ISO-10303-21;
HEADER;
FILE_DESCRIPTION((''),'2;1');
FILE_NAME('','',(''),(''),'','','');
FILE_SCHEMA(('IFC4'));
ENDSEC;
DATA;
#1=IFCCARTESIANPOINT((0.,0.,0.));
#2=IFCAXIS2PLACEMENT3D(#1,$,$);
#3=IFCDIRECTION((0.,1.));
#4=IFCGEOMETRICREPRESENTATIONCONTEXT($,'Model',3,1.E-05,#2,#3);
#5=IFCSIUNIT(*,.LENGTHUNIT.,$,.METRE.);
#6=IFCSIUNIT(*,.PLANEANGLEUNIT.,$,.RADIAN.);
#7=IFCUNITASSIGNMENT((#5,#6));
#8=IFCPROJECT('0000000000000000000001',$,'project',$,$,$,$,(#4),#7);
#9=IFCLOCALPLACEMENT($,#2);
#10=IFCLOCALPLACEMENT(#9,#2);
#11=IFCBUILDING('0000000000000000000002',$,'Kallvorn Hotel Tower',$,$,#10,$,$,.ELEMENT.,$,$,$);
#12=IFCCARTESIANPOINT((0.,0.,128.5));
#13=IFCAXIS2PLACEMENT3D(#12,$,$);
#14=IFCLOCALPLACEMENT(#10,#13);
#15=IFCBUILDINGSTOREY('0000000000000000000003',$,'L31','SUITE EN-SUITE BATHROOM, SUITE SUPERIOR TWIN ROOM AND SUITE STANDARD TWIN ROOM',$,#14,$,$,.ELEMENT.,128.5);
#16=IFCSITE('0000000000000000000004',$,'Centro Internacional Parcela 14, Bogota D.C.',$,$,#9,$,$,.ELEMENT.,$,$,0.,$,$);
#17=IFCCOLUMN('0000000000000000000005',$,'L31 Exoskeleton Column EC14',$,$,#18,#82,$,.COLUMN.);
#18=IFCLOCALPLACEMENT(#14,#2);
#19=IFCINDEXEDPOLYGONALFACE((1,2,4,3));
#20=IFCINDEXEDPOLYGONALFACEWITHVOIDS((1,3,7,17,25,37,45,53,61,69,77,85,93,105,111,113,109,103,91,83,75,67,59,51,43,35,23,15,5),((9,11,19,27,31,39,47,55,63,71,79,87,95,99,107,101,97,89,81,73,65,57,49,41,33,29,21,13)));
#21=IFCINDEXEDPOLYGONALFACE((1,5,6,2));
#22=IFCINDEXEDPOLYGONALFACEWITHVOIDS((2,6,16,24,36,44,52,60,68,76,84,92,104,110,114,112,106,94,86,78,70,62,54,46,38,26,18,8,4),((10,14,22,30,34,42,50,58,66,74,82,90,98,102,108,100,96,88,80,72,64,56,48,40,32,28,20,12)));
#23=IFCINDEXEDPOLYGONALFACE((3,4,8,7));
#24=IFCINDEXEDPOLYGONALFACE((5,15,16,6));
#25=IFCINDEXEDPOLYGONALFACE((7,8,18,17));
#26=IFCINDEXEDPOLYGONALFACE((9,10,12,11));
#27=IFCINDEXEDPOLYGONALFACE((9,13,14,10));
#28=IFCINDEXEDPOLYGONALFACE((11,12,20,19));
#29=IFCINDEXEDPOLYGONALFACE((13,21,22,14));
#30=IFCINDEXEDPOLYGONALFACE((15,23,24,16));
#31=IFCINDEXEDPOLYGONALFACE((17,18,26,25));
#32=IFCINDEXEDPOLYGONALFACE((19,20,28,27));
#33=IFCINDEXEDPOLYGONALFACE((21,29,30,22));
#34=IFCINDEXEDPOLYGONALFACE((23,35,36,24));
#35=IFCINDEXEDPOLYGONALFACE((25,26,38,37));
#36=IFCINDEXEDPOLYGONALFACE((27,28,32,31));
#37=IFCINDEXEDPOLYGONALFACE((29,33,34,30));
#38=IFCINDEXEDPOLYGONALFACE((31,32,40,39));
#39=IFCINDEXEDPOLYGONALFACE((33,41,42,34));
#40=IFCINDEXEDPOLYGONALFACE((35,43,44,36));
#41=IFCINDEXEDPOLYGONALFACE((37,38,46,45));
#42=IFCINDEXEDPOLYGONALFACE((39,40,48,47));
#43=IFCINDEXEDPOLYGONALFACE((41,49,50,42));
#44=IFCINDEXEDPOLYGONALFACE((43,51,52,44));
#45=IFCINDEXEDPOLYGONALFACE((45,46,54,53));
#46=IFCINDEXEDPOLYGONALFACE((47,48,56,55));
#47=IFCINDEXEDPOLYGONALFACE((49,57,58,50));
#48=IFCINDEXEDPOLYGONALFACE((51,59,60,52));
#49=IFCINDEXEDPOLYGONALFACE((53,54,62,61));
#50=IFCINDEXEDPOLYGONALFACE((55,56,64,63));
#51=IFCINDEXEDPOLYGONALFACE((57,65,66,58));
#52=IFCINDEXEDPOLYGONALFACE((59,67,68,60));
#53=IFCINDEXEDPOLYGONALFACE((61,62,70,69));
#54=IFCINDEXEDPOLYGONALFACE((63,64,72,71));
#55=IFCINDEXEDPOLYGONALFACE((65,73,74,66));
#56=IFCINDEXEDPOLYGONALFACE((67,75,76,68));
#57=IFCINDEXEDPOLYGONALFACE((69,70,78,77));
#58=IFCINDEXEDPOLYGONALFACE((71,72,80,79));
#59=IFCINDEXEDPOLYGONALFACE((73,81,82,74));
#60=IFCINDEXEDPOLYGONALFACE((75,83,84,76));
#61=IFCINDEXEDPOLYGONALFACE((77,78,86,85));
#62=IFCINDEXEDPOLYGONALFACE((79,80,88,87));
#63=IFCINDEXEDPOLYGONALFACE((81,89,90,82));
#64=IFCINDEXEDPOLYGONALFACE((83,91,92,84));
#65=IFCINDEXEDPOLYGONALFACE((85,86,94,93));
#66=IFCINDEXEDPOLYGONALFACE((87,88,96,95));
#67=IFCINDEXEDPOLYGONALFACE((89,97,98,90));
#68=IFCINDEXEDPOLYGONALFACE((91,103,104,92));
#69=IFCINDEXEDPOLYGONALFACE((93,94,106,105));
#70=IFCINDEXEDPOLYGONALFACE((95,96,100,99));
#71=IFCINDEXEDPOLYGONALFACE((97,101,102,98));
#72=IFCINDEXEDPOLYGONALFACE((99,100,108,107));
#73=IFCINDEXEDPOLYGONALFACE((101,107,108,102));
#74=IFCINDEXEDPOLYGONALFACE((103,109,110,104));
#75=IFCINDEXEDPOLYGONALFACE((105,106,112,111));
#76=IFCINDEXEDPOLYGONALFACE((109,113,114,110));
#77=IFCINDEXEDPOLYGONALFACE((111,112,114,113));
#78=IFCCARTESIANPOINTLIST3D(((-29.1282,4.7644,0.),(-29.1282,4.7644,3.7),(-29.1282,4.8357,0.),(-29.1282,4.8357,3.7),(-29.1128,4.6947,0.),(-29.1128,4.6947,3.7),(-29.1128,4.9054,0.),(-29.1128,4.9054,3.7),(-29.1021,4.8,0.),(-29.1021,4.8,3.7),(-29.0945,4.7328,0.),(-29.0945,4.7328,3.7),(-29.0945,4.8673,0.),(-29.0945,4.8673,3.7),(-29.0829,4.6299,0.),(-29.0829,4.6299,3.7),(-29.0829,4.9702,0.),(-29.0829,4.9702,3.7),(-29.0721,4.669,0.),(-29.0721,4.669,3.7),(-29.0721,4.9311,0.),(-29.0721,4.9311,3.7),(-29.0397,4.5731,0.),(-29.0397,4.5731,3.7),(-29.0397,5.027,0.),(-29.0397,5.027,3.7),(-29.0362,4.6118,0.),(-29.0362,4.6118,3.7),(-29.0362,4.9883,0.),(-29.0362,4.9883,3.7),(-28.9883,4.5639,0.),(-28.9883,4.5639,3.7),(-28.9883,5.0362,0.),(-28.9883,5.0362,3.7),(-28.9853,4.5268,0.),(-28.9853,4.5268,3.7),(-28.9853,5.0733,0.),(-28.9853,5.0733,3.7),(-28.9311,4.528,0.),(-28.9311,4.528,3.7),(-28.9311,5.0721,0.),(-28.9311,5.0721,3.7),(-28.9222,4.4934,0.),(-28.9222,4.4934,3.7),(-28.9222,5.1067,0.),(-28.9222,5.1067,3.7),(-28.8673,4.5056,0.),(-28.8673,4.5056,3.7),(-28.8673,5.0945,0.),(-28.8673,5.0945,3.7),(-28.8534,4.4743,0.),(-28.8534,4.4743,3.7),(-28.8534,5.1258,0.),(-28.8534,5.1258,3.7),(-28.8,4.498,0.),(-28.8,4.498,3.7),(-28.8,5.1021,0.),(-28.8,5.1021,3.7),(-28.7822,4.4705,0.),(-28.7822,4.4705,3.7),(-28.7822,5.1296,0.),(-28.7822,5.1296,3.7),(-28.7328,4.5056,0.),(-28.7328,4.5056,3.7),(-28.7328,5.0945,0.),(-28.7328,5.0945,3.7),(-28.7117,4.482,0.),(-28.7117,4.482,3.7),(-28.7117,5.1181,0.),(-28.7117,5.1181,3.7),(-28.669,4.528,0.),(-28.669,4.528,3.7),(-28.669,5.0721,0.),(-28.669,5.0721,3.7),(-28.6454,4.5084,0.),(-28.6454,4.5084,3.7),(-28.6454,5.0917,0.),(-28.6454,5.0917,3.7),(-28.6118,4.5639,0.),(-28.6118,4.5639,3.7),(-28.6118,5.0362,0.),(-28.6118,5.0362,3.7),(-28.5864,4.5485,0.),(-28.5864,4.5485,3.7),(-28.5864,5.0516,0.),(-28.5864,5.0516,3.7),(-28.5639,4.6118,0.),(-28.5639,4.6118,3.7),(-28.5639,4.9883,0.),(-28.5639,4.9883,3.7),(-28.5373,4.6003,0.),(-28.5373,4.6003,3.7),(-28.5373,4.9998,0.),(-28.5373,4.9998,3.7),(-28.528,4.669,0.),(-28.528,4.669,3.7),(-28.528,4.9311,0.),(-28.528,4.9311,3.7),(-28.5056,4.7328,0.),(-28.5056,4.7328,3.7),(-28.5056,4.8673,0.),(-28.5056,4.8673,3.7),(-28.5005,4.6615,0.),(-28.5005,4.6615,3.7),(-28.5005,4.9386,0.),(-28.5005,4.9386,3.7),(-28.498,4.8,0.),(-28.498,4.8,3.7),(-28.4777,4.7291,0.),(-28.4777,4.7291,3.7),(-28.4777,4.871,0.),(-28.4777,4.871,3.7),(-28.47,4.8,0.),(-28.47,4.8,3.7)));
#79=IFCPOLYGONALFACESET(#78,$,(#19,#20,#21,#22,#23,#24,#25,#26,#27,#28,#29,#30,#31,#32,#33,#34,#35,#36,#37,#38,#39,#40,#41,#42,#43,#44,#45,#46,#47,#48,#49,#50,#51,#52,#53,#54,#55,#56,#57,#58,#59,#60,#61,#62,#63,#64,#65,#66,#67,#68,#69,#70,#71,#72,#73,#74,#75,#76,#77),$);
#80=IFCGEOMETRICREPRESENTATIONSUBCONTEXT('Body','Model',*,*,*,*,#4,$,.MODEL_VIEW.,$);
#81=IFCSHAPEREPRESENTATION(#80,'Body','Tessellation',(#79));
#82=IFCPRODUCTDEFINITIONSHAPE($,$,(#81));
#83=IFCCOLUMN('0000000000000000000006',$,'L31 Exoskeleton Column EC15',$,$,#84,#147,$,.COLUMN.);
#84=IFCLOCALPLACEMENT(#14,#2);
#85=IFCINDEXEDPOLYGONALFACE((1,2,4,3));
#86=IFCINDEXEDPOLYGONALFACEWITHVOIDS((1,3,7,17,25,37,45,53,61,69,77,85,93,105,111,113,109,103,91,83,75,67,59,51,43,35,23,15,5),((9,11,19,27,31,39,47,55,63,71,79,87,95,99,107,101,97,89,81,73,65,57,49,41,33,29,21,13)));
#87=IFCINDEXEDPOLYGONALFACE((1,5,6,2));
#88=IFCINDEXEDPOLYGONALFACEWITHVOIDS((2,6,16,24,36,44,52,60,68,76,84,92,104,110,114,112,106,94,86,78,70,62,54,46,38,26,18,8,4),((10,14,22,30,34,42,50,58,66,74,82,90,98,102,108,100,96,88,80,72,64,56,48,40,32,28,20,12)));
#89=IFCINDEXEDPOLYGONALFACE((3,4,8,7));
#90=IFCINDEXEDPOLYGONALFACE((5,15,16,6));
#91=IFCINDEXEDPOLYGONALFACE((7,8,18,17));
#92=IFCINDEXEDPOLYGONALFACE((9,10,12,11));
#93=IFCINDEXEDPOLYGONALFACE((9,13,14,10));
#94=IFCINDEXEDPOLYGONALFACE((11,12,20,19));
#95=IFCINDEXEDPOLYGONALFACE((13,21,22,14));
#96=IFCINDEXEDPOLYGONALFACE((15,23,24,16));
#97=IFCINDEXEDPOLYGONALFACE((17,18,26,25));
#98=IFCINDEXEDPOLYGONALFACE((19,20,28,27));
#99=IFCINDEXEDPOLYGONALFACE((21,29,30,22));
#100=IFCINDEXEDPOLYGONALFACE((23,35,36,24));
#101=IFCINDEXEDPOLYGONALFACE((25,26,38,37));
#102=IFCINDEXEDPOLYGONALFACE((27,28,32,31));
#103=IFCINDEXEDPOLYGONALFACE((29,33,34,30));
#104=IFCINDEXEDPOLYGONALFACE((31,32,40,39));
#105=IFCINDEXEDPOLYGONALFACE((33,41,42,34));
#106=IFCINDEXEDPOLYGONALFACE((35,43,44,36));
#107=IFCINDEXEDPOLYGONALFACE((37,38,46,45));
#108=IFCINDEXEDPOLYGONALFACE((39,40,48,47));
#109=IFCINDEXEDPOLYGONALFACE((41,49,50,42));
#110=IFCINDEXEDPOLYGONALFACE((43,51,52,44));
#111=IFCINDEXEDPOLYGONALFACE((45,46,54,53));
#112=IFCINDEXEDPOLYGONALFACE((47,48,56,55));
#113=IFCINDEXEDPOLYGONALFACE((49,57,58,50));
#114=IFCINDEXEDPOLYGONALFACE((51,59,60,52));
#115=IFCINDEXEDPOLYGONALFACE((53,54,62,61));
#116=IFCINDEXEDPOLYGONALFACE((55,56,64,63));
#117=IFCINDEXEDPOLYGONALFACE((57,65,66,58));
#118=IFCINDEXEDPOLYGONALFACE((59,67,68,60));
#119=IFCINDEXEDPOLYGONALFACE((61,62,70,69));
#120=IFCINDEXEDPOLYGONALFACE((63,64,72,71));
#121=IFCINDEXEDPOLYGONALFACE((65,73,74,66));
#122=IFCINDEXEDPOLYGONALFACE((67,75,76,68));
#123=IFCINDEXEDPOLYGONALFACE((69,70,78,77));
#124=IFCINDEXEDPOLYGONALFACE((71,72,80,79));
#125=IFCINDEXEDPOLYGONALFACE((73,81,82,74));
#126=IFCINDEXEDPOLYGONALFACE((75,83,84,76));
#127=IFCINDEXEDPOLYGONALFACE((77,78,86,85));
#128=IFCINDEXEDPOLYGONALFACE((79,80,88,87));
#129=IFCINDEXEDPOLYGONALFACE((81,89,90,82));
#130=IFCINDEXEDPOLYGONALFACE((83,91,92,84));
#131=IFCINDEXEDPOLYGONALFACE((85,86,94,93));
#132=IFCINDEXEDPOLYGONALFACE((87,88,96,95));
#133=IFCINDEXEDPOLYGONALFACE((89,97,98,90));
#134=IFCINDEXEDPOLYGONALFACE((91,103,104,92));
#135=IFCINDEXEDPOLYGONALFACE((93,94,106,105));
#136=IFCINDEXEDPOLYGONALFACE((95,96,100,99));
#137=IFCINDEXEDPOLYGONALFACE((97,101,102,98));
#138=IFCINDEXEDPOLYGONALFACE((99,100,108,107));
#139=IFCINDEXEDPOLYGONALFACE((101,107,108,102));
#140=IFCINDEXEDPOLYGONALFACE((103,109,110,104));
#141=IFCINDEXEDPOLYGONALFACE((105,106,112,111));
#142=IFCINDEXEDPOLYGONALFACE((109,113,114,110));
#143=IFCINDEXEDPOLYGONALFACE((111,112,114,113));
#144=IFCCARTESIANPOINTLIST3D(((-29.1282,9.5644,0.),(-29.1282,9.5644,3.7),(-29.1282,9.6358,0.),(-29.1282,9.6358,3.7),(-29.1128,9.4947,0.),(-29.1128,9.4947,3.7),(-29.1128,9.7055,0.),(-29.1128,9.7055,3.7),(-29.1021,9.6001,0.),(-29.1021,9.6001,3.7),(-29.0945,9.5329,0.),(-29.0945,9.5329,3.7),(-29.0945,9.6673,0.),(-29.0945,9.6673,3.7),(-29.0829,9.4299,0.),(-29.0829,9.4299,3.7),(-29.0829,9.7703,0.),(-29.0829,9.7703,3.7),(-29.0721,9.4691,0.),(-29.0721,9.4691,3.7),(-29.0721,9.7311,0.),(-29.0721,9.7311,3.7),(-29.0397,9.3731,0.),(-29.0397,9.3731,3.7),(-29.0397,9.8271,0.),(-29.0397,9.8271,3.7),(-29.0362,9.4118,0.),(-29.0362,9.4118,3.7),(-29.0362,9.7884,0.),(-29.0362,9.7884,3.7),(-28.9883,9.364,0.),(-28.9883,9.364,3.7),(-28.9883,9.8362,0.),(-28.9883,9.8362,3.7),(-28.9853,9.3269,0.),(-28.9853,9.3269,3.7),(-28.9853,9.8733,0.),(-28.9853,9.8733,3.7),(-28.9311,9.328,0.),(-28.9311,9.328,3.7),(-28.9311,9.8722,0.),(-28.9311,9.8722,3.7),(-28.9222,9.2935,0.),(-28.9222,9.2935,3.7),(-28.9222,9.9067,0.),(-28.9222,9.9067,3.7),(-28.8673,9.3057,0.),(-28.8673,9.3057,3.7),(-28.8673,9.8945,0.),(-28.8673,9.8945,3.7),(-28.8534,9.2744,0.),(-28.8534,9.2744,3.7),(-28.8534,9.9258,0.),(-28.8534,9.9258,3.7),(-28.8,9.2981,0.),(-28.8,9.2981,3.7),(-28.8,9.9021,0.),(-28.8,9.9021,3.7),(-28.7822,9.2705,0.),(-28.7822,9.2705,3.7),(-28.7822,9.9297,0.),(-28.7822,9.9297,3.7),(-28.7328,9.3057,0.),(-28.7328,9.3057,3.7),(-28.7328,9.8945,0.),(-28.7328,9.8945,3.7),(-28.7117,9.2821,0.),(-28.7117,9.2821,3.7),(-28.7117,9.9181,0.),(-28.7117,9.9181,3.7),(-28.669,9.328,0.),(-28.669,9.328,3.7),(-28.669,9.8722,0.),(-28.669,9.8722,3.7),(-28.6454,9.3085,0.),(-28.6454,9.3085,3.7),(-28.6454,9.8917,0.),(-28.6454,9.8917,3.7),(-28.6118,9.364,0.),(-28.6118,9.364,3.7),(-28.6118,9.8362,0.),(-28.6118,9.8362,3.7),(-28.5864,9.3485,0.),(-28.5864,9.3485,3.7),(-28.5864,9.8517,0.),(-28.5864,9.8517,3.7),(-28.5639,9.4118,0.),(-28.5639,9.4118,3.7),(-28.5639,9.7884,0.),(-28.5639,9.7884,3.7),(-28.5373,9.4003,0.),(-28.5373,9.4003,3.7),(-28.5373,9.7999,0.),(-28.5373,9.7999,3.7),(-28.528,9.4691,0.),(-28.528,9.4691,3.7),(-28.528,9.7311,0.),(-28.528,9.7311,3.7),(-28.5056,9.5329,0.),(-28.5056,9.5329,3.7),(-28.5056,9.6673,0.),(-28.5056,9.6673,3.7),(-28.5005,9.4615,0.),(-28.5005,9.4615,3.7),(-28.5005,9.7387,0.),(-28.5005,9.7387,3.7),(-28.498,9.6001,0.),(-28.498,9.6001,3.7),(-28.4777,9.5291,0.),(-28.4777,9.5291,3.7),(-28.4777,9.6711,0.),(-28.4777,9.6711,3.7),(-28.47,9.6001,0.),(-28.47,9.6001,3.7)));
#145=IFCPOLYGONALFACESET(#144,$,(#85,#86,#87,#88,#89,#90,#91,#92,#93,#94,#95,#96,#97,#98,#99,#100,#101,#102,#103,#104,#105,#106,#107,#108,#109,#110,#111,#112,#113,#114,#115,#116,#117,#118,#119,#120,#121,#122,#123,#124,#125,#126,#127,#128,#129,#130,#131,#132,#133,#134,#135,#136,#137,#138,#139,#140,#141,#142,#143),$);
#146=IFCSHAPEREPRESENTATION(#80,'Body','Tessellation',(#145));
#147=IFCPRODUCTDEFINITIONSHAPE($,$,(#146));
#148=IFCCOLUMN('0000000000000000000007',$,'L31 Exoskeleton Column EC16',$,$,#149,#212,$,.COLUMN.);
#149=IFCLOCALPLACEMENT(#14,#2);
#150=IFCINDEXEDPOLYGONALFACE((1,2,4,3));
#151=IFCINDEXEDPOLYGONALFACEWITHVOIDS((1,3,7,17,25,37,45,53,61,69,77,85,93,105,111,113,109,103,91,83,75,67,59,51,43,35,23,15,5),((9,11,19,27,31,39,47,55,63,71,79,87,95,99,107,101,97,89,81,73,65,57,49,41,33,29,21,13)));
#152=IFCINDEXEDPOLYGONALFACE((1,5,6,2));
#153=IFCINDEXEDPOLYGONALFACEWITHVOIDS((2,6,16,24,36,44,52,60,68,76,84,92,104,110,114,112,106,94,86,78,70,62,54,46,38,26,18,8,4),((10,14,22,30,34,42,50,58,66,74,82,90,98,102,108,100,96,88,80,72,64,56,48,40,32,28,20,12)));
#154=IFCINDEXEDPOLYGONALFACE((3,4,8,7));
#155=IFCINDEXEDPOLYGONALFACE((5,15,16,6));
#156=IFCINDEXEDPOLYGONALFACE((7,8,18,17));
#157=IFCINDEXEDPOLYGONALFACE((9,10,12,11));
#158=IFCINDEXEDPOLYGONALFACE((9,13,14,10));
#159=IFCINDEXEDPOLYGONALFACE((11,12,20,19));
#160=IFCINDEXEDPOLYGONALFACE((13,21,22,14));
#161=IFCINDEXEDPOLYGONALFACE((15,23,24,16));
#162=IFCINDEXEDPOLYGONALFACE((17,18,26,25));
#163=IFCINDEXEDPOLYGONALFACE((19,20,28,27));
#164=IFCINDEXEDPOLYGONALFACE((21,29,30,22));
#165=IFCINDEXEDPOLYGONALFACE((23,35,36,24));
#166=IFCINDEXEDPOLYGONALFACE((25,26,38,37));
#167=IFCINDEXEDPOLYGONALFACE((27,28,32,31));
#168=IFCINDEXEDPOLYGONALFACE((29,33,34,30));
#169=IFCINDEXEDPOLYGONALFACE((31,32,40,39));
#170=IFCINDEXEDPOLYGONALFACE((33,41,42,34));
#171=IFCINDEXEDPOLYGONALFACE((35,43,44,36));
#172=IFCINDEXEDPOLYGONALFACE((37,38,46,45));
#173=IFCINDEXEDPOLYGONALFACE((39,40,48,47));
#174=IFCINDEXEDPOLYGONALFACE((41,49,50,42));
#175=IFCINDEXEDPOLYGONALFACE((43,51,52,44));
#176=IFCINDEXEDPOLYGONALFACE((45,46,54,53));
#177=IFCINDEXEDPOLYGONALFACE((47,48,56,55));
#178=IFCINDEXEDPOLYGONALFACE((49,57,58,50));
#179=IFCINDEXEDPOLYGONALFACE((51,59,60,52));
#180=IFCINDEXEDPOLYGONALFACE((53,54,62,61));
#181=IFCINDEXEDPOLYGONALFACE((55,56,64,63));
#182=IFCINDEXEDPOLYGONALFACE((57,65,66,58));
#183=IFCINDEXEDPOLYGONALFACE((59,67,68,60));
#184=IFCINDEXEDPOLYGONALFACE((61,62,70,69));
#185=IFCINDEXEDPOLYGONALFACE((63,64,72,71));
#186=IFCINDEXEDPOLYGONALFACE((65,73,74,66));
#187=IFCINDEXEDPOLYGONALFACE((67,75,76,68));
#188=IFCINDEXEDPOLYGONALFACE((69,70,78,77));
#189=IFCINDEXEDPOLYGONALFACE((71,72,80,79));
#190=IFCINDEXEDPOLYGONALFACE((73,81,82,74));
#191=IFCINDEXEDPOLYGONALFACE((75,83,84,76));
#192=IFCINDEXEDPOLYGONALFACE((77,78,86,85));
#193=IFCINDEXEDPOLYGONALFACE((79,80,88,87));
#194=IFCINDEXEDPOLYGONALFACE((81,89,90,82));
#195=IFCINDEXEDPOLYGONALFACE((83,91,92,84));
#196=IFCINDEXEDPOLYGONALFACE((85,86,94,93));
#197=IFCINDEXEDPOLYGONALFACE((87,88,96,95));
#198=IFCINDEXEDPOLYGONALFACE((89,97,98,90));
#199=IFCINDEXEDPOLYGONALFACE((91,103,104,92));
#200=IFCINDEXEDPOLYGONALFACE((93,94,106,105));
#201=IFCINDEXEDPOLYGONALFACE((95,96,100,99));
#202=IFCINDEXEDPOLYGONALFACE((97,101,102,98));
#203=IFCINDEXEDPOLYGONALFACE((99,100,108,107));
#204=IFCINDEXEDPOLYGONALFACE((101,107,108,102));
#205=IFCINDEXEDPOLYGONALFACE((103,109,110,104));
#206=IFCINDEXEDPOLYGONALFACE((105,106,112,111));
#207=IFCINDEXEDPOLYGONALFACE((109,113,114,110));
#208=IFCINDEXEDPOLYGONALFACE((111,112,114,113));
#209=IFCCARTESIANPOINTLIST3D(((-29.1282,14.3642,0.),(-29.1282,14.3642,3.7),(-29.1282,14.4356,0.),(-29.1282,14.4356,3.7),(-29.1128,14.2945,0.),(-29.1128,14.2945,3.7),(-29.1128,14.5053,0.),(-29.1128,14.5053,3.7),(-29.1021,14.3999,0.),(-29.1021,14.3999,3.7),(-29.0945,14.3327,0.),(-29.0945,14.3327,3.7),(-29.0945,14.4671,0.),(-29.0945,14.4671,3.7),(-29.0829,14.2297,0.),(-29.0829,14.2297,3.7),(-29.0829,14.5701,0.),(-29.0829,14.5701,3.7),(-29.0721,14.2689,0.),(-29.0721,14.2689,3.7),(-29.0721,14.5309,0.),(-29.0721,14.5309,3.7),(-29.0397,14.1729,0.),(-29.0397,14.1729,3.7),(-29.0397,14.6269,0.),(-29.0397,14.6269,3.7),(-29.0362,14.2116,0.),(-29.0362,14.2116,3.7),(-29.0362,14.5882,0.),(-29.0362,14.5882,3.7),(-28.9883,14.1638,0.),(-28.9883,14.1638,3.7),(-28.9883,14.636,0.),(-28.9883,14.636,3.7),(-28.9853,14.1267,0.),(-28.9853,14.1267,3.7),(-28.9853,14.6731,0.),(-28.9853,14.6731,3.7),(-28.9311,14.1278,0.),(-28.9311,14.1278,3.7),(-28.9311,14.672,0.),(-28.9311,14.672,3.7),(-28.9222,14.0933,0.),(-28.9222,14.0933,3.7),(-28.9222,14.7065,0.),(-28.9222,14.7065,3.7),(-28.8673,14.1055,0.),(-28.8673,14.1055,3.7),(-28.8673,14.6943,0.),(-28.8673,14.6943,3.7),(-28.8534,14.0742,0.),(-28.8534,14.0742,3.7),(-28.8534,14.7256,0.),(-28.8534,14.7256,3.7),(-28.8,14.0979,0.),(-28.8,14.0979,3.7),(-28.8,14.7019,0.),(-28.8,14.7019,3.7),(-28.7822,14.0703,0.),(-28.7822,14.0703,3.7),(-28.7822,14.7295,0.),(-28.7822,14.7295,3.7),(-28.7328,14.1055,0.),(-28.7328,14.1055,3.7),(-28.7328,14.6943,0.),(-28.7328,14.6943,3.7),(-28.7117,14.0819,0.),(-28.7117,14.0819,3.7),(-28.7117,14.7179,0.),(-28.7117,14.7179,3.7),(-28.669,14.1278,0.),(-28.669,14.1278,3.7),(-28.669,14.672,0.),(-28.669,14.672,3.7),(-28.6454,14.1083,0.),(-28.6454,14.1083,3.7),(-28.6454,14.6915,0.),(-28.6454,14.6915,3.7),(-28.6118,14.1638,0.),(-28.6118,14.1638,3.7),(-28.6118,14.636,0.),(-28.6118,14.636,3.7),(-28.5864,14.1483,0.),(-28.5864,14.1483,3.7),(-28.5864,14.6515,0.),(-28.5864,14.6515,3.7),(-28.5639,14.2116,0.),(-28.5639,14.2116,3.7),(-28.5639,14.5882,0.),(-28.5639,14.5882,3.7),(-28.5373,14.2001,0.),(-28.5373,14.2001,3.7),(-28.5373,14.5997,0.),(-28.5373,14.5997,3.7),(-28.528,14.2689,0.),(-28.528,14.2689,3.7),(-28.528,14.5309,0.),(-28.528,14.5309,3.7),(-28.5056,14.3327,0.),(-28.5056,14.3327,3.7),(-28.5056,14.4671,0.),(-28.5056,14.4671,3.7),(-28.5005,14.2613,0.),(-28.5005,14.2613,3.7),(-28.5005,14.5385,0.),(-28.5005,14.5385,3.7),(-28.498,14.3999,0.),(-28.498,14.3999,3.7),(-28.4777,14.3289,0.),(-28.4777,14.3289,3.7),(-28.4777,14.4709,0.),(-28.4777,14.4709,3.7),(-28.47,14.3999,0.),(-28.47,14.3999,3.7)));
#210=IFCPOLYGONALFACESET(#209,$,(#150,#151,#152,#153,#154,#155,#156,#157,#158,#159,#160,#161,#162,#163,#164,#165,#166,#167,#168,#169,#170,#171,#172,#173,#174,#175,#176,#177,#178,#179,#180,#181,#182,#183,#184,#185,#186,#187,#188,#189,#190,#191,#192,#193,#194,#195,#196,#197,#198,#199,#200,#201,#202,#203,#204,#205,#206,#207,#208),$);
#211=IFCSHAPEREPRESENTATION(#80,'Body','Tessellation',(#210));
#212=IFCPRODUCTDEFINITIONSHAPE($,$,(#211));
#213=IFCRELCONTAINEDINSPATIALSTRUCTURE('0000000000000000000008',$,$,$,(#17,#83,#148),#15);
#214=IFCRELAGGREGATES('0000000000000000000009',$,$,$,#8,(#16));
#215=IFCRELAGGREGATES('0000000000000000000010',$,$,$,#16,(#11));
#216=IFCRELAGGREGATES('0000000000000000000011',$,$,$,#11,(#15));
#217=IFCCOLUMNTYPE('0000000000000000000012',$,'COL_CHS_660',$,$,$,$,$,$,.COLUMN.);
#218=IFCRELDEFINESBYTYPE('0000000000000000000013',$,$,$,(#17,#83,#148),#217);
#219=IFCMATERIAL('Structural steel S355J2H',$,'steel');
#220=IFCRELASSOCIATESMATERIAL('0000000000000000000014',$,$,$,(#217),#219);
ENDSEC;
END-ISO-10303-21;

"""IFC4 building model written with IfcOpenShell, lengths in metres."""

from ifc_helpers import new_model, si_unit, direction, frame, origin, origin_2d, place, context, subcontext, project, spatial, hollow_circle, extrude, material, material_profile, profile_set, type_object, element, save


model = new_model("IFC4")

# Units and contexts
model_context = context("Model", 3, precision=1e-05, world=origin(), true_north=direction((0.0, 1.0)))
body_context = subcontext(model_context, "Body", "Model", "MODEL_VIEW")
ifc_project = project(units=[si_unit("LENGTHUNIT", "METRE"), si_unit("PLANEANGLEUNIT", "RADIAN")], contexts=[model_context])

# Site, building, storey
site_placement = place(None, origin())
site = spatial("IfcSite", under=ifc_project, at=site_placement, Name="Centro Internacional Parcela 14, Bogota D.C.", CompositionType="ELEMENT", RefElevation=0.0)
building_placement = place(site_placement, origin())
building = spatial("IfcBuilding", under=site, at=building_placement, Name="Kallvorn Hotel Tower", CompositionType="ELEMENT")
storey_placement = place(building_placement, frame((0.0, 0.0, 128.5)))
storey = spatial("IfcBuildingStorey", under=building, at=storey_placement, Name="L31", Description="SUITE EN-SUITE BATHROOM, SUITE SUPERIOR TWIN ROOM AND SUITE STANDARD TWIN ROOM", CompositionType="ELEMENT", Elevation=128.5)

# Columns
ifc_material_1 = material(Name="Structural steel S355J2H", Category="steel")
ifc_material_profile_1 = material_profile(ifc_material_1, hollow_circle(Radius=0.3301, WallThickness=0.0281, at=origin_2d()), Name="CHS 660x28")
ifc_profile_set_1 = profile_set([ifc_material_profile_1], Name="Structural steel S355J2H")
column_type_1 = type_object("IfcColumnType", Name="COL_CHS_660", PredefinedType="COLUMN", material=ifc_profile_set_1)
for number, where, z_axis, x_axis, name in (
    (1, (-28.8, 4.8, 0.0), (0.0, 0.0, 1.0), (1.0, 0.0, 0.0), "L31 Exoskeleton Column EC14"),
    (2, (-28.8, 9.6001, 0.0), (0.0, 0.0, 1.0), (1.0, 0.0, 0.0), "L31 Exoskeleton Column EC15"),
    (3, (-28.8, 14.3999, 0.0), (0.0, 0.0, 1.0), (1.0, 0.0, 0.0), "L31 Exoskeleton Column EC16"),
):
    element("IfcColumn", number, at=place(storey_placement, frame(where, z_axis=z_axis, x_axis=x_axis)), inside=storey, type_object=column_type_1, Name=name, PredefinedType="COLUMN", context=body_context, shape_type="SweptSolid", body=[
        extrude(hollow_circle(Radius=0.3301, WallThickness=0.0281, at=origin_2d()), origin(), (0.0, 0.0, 1.0), 3.7),
    ])

save(model, "model.ifc")
